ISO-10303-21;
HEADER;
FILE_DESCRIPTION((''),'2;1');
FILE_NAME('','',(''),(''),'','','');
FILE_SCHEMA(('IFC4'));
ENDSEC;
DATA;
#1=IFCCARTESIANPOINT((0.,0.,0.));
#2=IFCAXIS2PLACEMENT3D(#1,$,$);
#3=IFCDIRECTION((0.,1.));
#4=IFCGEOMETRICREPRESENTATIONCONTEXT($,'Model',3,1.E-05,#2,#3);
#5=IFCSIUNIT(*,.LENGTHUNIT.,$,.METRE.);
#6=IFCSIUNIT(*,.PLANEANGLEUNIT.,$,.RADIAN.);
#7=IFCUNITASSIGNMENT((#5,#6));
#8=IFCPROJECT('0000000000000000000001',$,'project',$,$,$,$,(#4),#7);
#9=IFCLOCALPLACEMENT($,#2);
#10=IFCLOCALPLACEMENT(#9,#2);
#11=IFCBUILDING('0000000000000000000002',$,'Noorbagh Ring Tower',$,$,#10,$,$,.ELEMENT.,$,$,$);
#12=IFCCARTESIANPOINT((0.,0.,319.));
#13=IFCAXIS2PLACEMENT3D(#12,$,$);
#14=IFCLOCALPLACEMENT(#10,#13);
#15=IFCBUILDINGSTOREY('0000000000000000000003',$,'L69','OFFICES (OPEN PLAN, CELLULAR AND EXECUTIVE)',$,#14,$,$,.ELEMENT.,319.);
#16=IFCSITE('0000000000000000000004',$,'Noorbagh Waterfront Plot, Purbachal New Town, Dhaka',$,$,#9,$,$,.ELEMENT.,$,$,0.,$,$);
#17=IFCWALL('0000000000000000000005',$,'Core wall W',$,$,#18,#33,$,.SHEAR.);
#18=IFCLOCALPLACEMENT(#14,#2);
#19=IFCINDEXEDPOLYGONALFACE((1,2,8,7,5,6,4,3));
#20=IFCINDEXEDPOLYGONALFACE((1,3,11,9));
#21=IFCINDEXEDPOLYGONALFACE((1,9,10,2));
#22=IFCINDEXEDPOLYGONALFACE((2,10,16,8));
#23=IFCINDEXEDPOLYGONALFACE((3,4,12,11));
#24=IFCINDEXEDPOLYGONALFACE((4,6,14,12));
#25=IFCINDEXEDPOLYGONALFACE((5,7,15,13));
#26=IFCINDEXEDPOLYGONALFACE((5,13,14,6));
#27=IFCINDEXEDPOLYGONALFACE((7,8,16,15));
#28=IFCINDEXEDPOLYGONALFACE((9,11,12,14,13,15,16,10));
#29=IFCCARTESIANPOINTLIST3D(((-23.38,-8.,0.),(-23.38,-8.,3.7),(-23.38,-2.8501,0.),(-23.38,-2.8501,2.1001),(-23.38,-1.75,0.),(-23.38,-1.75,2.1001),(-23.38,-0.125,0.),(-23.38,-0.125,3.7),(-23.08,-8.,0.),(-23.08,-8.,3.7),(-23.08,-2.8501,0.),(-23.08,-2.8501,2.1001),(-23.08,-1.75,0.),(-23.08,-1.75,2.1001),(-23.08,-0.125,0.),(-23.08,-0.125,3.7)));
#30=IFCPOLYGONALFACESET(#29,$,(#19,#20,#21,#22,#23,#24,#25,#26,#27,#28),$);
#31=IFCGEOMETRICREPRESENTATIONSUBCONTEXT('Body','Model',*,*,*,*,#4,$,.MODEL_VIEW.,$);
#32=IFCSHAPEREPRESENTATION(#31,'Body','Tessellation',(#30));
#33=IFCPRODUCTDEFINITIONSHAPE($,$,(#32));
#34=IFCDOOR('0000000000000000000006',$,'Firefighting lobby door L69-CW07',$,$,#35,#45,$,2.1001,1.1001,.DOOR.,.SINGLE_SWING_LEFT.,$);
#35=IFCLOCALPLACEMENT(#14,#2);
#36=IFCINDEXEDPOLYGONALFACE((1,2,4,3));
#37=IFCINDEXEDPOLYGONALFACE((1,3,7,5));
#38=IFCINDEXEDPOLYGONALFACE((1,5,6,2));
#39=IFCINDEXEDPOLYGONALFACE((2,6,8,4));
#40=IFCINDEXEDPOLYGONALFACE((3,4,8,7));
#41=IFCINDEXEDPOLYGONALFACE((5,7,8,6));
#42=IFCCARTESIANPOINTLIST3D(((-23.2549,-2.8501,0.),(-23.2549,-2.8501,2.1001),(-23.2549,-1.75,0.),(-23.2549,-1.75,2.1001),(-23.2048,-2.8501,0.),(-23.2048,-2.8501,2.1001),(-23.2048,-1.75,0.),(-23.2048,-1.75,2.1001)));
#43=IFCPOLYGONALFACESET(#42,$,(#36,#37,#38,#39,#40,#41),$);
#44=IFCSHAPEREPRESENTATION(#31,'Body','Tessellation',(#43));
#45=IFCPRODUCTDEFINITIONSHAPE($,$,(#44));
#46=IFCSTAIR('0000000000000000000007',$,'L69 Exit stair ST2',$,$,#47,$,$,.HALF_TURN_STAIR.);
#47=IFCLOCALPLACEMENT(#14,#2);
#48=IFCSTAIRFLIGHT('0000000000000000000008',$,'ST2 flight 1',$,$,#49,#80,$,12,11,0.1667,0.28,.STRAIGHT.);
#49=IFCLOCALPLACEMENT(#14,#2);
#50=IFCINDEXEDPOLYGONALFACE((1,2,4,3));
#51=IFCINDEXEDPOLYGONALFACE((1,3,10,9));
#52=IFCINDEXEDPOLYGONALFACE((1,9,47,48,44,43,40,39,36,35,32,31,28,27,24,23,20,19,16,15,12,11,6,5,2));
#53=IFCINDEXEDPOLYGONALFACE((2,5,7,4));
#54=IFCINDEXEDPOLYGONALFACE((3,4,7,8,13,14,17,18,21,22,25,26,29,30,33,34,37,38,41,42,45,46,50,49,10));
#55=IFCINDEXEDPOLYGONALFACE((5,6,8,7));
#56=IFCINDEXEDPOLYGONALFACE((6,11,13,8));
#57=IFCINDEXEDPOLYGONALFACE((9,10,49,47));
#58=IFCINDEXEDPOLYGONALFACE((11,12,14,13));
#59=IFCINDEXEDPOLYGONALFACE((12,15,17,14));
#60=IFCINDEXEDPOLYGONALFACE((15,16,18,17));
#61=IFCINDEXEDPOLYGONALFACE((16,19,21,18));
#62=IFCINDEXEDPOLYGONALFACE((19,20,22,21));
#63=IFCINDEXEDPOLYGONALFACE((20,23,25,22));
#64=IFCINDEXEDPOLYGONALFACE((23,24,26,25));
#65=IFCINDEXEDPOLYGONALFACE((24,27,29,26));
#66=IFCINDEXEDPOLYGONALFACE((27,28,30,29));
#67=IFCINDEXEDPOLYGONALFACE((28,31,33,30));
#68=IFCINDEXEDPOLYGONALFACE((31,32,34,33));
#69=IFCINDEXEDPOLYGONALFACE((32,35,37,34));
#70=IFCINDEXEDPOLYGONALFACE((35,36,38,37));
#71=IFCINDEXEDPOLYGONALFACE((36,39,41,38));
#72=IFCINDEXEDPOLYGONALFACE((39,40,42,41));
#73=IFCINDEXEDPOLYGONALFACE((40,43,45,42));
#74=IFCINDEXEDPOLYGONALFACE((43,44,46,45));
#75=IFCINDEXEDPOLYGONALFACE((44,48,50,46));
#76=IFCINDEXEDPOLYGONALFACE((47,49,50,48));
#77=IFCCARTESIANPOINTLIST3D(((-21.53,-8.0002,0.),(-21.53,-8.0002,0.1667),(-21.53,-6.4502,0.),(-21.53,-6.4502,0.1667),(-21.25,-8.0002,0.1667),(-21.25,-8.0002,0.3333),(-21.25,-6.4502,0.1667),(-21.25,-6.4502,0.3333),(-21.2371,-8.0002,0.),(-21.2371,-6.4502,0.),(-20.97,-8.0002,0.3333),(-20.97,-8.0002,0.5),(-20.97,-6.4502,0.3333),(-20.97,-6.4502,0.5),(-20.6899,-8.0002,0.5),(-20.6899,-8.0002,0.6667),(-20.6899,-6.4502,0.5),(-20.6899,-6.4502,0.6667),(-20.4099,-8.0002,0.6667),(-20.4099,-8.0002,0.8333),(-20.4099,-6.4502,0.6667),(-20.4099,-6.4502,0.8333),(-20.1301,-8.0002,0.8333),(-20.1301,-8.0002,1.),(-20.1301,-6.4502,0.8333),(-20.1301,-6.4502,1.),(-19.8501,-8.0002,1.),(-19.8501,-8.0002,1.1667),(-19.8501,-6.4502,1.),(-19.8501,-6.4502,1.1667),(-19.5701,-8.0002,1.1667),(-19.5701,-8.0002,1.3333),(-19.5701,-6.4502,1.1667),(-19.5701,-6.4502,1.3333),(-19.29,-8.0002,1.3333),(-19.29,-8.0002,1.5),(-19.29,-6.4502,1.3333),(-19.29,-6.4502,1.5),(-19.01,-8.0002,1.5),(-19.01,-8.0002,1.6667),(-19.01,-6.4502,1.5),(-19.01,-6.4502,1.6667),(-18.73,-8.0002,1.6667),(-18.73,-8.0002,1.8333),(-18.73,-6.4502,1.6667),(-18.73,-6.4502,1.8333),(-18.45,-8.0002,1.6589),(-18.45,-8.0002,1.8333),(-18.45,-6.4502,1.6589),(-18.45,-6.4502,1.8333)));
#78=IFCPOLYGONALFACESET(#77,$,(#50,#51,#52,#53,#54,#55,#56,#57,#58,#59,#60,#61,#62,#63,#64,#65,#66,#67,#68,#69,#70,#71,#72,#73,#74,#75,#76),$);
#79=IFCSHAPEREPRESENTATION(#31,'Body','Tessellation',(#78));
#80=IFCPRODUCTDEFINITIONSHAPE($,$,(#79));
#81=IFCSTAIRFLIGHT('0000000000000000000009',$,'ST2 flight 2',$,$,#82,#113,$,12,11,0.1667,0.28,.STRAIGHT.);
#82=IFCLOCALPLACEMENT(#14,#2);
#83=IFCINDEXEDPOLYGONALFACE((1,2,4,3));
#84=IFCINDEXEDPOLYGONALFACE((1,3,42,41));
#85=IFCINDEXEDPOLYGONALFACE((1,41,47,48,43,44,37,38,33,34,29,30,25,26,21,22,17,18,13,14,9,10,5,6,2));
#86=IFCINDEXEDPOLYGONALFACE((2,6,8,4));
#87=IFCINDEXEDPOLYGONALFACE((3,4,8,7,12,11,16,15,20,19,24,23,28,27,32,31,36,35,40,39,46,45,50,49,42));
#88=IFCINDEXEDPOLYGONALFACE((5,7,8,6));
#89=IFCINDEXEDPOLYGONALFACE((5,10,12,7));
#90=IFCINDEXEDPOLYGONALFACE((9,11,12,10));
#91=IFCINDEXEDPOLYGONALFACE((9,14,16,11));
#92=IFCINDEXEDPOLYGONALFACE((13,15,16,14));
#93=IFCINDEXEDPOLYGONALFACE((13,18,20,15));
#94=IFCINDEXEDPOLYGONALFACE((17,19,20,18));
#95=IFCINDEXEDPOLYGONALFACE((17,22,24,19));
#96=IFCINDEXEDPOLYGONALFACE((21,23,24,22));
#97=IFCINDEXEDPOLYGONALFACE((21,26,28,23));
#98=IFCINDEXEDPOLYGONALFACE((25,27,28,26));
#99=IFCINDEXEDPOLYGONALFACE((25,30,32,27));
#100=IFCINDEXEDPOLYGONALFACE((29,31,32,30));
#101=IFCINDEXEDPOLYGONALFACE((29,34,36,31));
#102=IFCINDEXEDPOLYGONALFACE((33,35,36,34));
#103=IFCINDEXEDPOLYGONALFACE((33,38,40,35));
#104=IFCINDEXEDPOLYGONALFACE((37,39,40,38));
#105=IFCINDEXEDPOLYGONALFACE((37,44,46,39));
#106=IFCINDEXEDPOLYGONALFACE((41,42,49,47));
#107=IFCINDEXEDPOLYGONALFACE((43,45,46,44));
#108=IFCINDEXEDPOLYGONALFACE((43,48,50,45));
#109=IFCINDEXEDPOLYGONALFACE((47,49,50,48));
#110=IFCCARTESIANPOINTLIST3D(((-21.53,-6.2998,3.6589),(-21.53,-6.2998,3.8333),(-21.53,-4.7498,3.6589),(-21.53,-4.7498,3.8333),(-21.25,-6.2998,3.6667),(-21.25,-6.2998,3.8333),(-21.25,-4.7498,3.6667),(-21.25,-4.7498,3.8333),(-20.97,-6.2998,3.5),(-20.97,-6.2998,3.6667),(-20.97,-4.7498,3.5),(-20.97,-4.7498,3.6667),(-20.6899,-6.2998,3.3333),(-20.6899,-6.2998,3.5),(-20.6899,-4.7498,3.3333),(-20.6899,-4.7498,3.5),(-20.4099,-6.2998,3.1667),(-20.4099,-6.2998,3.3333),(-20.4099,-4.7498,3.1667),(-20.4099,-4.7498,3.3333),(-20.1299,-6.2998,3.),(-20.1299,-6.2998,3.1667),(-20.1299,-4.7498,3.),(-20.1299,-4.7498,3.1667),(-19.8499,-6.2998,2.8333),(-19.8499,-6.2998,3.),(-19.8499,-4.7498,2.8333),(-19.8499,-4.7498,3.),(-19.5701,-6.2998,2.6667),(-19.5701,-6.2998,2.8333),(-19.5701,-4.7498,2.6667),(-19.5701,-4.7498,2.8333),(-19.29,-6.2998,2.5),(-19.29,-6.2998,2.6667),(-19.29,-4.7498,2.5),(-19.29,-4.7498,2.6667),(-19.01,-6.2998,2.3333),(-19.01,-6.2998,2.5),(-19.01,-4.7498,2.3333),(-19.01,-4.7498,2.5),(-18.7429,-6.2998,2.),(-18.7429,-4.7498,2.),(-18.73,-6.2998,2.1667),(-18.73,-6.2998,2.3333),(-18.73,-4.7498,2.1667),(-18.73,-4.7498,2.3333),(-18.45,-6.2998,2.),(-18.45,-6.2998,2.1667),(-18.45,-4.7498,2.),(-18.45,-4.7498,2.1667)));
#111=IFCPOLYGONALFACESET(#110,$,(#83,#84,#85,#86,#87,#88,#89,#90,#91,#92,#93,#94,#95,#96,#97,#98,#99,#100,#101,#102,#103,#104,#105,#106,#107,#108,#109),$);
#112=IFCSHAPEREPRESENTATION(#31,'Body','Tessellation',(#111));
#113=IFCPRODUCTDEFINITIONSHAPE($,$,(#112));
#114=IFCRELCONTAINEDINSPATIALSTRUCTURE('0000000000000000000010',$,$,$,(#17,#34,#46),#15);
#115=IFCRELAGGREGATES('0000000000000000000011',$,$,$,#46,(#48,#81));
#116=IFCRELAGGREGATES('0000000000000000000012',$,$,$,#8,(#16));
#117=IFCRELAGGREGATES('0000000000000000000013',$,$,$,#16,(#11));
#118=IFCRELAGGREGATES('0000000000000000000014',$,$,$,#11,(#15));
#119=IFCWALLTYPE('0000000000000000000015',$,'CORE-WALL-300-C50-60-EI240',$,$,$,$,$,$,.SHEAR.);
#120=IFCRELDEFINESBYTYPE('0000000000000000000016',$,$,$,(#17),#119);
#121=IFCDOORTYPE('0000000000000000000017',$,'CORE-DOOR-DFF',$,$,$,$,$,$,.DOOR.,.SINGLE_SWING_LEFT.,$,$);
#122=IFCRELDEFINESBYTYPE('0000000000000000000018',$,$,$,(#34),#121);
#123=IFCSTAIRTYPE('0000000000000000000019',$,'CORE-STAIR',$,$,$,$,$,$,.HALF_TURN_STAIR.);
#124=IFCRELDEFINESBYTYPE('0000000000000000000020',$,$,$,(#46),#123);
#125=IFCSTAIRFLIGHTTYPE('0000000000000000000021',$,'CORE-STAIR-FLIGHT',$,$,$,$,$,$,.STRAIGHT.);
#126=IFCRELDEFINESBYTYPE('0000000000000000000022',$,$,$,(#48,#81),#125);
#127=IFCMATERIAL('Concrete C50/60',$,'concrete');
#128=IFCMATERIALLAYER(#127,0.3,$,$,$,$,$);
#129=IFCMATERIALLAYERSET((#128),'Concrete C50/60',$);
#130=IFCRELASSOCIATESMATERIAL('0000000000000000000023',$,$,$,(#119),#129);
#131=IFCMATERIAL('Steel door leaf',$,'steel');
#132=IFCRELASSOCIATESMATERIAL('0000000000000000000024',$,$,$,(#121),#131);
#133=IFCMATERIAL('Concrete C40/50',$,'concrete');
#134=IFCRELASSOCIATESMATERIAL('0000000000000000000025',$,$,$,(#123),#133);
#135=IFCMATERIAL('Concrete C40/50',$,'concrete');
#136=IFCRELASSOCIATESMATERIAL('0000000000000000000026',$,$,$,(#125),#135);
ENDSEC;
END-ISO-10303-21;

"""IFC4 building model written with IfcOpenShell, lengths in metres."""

from ifc_helpers import new_model, si_unit, direction, frame, frame_2d, origin, place, context, subcontext, project, spatial, polyline, rectangle, outline, extrude, material, layer, layer_set, type_object, element, fill, aggregate, save


model = new_model("IFC4")

# Units and contexts
model_context = context("Model", 3, precision=1e-05, world=origin(), true_north=direction((0.0, 1.0)))
body_context = subcontext(model_context, "Body", "Model", "MODEL_VIEW")
ifc_project = project(units=[si_unit("LENGTHUNIT", "METRE"), si_unit("PLANEANGLEUNIT", "RADIAN")], contexts=[model_context])

# Site, building, storey
site_placement = place(None, origin())
site = spatial("IfcSite", under=ifc_project, at=site_placement, Name="Noorbagh Waterfront Plot, Purbachal New Town, Dhaka", CompositionType="ELEMENT", RefElevation=0.0)
building_placement = place(site_placement, origin())
building = spatial("IfcBuilding", under=site, at=building_placement, Name="Noorbagh Ring Tower", CompositionType="ELEMENT")
storey_placement = place(building_placement, frame((0.0, 0.0, 319.0)))
storey = spatial("IfcBuildingStorey", under=building, at=storey_placement, Name="L69", Description="OFFICES (OPEN PLAN, CELLULAR AND EXECUTIVE)", CompositionType="ELEMENT", Elevation=319.0)

# Wall, opening, door
ifc_material_1 = material(Name="Concrete C50/60", Category="concrete")
ifc_layer_1 = layer(ifc_material_1, 0.3)
ifc_layer_set_1 = layer_set([ifc_layer_1], Name="Concrete C50/60")
wall_type_1 = type_object("IfcWallType", Name="CORE-WALL-300-C50-60-EI240", PredefinedType="SHEAR", material=ifc_layer_set_1)
wall_1_placement = place(storey_placement, frame((-23.23, -8.0, 0.0), z_axis=(0.0, 0.0, 1.0), x_axis=(0.0, 1.0, 0.0)))
wall_1 = element("IfcWall", 1, at=wall_1_placement, inside=storey, type_object=wall_type_1, Name="Core wall W", PredefinedType="SHEAR", context=body_context, shape_type="SweptSolid", body=[
    extrude(rectangle(XDim=7.875, YDim=0.3, at=frame_2d((3.9375, 0.0))), origin(), (0.0, 0.0, 1.0), 3.7),
])
opening_1_placement = place(wall_1_placement, frame((5.1499, 0.0, 0.0)))
opening_1 = element("IfcOpeningElement", 2, at=opening_1_placement, cuts=wall_1, PredefinedType="OPENING", context=body_context, shape_type="SweptSolid", body=[
    extrude(rectangle(XDim=1.1001, YDim=2.1001, at=frame_2d((0.55, 1.05))), frame((0.0, 0.1602, 0.0), z_axis=(0.0, -1.0, 0.0), x_axis=(1.0, 0.0, 0.0)), (0.0, 0.0, 1.0), 0.3201),
])
ifc_material_2 = material(Name="Steel door leaf", Category="steel")
door_type_1 = type_object("IfcDoorType", Name="CORE-DOOR-DFF", OperationType="SINGLE_SWING_LEFT", PredefinedType="DOOR", material=ifc_material_2)
door_1_placement = place(opening_1_placement, origin())
door_1 = element("IfcDoor", 3, at=door_1_placement, inside=storey, type_object=door_type_1, Name="Firefighting lobby door L69-CW07", OperationType="SINGLE_SWING_LEFT", OverallHeight=2.1001, OverallWidth=1.1001, PredefinedType="DOOR", context=body_context, shape_type="SweptSolid", body=[
    extrude(rectangle(XDim=1.1001, YDim=2.1001, at=frame_2d((0.55, 1.05))), frame((0.0, 0.0249, 0.0), z_axis=(0.0, -1.0, 0.0), x_axis=(1.0, 0.0, 0.0)), (0.0, 0.0, 1.0), 0.05),
])
fill(opening_1, door_1)

# Stair, stair flights
ifc_material_3 = material(Name="Concrete C40/50", Category="concrete")
stair_type = type_object("IfcStairType", Name="CORE-STAIR", PredefinedType="HALF_TURN_STAIR", material=ifc_material_3)
stair_placement = place(storey_placement, origin())
stair = element("IfcStair", 4, at=stair_placement, inside=storey, type_object=stair_type, Name="L69 Exit stair ST2", PredefinedType="HALF_TURN_STAIR")
ifc_material_4 = material(Name="Concrete C40/50", Category="concrete")
stair_flight_type = type_object("IfcStairFlightType", Name="CORE-STAIR-FLIGHT", PredefinedType="STRAIGHT", material=ifc_material_4)
stair_flight_1_placement = place(storey_placement, frame((-21.53, -7.2251, 0.0), z_axis=(0.0, 0.0, 1.0), x_axis=(1.0, 0.0, 0.0)))
stair_flight_1 = element("IfcStairFlight", 5, at=stair_flight_1_placement, type_object=stair_flight_type, Name="ST2 flight 1", NumberOfRisers=12, NumberOfTreads=11, PredefinedType="STRAIGHT", RiserHeight=0.1667, TreadLength=0.28, context=body_context, shape_type="SweptSolid", body=[
    extrude(outline(polyline([(0.0, 0.0), (0.0, 0.1667), (0.28, 0.1667), (0.28, 0.3333), (0.5601, 0.3333), (0.5601, 0.5), (0.8401, 0.5), (0.8401, 0.6667), (1.1201, 0.6667), (1.1201, 0.8333), (1.3999, 0.8333), (1.3999, 1.0), (1.6799, 1.0), (1.6799, 1.1667), (1.96, 1.1667), (1.96, 1.3333), (2.24, 1.3333), (2.24, 1.5), (2.52, 1.5), (2.52, 1.6667), (2.8, 1.6667), (2.8, 1.8333), (3.0801, 1.8333), (3.0801, 2.0), (3.0801, 1.6589), (0.293, 0.0), (0.0, 0.0)])), frame((0.0, 0.7749, 0.0), z_axis=(0.0, -1.0, 0.0), x_axis=(1.0, 0.0, 0.0)), (0.0, 0.0, 1.0), 1.55),
])
stair_flight_2_placement = place(storey_placement, frame((-18.45, -5.5249, 2.0), z_axis=(0.0, 0.0, 1.0), x_axis=(-1.0, 0.0, 0.0)))
stair_flight_2 = element("IfcStairFlight", 6, at=stair_flight_2_placement, type_object=stair_flight_type, Name="ST2 flight 2", NumberOfRisers=12, NumberOfTreads=11, PredefinedType="STRAIGHT", RiserHeight=0.1667, TreadLength=0.28, context=body_context, shape_type="SweptSolid", body=[
    extrude(outline(polyline([(0.0, 0.0), (0.0, 0.1667), (0.28, 0.1667), (0.28, 0.3333), (0.5601, 0.3333), (0.5601, 0.5), (0.8401, 0.5), (0.8401, 0.6667), (1.1201, 0.6667), (1.1201, 0.8333), (1.3999, 0.8333), (1.3999, 1.0), (1.6799, 1.0), (1.6799, 1.1667), (1.96, 1.1667), (1.96, 1.3333), (2.24, 1.3333), (2.24, 1.5), (2.52, 1.5), (2.52, 1.6667), (2.8, 1.6667), (2.8, 1.8333), (3.0801, 1.8333), (3.0801, 2.0), (3.0801, 1.6589), (0.293, 0.0), (0.0, 0.0)])), frame((0.0, 0.7749, 0.0), z_axis=(0.0, -1.0, 0.0), x_axis=(1.0, 0.0, 0.0)), (0.0, 0.0, 1.0), 1.55),
])
aggregate(stair, [stair_flight_1, stair_flight_2])

save(model, "model.ifc")
